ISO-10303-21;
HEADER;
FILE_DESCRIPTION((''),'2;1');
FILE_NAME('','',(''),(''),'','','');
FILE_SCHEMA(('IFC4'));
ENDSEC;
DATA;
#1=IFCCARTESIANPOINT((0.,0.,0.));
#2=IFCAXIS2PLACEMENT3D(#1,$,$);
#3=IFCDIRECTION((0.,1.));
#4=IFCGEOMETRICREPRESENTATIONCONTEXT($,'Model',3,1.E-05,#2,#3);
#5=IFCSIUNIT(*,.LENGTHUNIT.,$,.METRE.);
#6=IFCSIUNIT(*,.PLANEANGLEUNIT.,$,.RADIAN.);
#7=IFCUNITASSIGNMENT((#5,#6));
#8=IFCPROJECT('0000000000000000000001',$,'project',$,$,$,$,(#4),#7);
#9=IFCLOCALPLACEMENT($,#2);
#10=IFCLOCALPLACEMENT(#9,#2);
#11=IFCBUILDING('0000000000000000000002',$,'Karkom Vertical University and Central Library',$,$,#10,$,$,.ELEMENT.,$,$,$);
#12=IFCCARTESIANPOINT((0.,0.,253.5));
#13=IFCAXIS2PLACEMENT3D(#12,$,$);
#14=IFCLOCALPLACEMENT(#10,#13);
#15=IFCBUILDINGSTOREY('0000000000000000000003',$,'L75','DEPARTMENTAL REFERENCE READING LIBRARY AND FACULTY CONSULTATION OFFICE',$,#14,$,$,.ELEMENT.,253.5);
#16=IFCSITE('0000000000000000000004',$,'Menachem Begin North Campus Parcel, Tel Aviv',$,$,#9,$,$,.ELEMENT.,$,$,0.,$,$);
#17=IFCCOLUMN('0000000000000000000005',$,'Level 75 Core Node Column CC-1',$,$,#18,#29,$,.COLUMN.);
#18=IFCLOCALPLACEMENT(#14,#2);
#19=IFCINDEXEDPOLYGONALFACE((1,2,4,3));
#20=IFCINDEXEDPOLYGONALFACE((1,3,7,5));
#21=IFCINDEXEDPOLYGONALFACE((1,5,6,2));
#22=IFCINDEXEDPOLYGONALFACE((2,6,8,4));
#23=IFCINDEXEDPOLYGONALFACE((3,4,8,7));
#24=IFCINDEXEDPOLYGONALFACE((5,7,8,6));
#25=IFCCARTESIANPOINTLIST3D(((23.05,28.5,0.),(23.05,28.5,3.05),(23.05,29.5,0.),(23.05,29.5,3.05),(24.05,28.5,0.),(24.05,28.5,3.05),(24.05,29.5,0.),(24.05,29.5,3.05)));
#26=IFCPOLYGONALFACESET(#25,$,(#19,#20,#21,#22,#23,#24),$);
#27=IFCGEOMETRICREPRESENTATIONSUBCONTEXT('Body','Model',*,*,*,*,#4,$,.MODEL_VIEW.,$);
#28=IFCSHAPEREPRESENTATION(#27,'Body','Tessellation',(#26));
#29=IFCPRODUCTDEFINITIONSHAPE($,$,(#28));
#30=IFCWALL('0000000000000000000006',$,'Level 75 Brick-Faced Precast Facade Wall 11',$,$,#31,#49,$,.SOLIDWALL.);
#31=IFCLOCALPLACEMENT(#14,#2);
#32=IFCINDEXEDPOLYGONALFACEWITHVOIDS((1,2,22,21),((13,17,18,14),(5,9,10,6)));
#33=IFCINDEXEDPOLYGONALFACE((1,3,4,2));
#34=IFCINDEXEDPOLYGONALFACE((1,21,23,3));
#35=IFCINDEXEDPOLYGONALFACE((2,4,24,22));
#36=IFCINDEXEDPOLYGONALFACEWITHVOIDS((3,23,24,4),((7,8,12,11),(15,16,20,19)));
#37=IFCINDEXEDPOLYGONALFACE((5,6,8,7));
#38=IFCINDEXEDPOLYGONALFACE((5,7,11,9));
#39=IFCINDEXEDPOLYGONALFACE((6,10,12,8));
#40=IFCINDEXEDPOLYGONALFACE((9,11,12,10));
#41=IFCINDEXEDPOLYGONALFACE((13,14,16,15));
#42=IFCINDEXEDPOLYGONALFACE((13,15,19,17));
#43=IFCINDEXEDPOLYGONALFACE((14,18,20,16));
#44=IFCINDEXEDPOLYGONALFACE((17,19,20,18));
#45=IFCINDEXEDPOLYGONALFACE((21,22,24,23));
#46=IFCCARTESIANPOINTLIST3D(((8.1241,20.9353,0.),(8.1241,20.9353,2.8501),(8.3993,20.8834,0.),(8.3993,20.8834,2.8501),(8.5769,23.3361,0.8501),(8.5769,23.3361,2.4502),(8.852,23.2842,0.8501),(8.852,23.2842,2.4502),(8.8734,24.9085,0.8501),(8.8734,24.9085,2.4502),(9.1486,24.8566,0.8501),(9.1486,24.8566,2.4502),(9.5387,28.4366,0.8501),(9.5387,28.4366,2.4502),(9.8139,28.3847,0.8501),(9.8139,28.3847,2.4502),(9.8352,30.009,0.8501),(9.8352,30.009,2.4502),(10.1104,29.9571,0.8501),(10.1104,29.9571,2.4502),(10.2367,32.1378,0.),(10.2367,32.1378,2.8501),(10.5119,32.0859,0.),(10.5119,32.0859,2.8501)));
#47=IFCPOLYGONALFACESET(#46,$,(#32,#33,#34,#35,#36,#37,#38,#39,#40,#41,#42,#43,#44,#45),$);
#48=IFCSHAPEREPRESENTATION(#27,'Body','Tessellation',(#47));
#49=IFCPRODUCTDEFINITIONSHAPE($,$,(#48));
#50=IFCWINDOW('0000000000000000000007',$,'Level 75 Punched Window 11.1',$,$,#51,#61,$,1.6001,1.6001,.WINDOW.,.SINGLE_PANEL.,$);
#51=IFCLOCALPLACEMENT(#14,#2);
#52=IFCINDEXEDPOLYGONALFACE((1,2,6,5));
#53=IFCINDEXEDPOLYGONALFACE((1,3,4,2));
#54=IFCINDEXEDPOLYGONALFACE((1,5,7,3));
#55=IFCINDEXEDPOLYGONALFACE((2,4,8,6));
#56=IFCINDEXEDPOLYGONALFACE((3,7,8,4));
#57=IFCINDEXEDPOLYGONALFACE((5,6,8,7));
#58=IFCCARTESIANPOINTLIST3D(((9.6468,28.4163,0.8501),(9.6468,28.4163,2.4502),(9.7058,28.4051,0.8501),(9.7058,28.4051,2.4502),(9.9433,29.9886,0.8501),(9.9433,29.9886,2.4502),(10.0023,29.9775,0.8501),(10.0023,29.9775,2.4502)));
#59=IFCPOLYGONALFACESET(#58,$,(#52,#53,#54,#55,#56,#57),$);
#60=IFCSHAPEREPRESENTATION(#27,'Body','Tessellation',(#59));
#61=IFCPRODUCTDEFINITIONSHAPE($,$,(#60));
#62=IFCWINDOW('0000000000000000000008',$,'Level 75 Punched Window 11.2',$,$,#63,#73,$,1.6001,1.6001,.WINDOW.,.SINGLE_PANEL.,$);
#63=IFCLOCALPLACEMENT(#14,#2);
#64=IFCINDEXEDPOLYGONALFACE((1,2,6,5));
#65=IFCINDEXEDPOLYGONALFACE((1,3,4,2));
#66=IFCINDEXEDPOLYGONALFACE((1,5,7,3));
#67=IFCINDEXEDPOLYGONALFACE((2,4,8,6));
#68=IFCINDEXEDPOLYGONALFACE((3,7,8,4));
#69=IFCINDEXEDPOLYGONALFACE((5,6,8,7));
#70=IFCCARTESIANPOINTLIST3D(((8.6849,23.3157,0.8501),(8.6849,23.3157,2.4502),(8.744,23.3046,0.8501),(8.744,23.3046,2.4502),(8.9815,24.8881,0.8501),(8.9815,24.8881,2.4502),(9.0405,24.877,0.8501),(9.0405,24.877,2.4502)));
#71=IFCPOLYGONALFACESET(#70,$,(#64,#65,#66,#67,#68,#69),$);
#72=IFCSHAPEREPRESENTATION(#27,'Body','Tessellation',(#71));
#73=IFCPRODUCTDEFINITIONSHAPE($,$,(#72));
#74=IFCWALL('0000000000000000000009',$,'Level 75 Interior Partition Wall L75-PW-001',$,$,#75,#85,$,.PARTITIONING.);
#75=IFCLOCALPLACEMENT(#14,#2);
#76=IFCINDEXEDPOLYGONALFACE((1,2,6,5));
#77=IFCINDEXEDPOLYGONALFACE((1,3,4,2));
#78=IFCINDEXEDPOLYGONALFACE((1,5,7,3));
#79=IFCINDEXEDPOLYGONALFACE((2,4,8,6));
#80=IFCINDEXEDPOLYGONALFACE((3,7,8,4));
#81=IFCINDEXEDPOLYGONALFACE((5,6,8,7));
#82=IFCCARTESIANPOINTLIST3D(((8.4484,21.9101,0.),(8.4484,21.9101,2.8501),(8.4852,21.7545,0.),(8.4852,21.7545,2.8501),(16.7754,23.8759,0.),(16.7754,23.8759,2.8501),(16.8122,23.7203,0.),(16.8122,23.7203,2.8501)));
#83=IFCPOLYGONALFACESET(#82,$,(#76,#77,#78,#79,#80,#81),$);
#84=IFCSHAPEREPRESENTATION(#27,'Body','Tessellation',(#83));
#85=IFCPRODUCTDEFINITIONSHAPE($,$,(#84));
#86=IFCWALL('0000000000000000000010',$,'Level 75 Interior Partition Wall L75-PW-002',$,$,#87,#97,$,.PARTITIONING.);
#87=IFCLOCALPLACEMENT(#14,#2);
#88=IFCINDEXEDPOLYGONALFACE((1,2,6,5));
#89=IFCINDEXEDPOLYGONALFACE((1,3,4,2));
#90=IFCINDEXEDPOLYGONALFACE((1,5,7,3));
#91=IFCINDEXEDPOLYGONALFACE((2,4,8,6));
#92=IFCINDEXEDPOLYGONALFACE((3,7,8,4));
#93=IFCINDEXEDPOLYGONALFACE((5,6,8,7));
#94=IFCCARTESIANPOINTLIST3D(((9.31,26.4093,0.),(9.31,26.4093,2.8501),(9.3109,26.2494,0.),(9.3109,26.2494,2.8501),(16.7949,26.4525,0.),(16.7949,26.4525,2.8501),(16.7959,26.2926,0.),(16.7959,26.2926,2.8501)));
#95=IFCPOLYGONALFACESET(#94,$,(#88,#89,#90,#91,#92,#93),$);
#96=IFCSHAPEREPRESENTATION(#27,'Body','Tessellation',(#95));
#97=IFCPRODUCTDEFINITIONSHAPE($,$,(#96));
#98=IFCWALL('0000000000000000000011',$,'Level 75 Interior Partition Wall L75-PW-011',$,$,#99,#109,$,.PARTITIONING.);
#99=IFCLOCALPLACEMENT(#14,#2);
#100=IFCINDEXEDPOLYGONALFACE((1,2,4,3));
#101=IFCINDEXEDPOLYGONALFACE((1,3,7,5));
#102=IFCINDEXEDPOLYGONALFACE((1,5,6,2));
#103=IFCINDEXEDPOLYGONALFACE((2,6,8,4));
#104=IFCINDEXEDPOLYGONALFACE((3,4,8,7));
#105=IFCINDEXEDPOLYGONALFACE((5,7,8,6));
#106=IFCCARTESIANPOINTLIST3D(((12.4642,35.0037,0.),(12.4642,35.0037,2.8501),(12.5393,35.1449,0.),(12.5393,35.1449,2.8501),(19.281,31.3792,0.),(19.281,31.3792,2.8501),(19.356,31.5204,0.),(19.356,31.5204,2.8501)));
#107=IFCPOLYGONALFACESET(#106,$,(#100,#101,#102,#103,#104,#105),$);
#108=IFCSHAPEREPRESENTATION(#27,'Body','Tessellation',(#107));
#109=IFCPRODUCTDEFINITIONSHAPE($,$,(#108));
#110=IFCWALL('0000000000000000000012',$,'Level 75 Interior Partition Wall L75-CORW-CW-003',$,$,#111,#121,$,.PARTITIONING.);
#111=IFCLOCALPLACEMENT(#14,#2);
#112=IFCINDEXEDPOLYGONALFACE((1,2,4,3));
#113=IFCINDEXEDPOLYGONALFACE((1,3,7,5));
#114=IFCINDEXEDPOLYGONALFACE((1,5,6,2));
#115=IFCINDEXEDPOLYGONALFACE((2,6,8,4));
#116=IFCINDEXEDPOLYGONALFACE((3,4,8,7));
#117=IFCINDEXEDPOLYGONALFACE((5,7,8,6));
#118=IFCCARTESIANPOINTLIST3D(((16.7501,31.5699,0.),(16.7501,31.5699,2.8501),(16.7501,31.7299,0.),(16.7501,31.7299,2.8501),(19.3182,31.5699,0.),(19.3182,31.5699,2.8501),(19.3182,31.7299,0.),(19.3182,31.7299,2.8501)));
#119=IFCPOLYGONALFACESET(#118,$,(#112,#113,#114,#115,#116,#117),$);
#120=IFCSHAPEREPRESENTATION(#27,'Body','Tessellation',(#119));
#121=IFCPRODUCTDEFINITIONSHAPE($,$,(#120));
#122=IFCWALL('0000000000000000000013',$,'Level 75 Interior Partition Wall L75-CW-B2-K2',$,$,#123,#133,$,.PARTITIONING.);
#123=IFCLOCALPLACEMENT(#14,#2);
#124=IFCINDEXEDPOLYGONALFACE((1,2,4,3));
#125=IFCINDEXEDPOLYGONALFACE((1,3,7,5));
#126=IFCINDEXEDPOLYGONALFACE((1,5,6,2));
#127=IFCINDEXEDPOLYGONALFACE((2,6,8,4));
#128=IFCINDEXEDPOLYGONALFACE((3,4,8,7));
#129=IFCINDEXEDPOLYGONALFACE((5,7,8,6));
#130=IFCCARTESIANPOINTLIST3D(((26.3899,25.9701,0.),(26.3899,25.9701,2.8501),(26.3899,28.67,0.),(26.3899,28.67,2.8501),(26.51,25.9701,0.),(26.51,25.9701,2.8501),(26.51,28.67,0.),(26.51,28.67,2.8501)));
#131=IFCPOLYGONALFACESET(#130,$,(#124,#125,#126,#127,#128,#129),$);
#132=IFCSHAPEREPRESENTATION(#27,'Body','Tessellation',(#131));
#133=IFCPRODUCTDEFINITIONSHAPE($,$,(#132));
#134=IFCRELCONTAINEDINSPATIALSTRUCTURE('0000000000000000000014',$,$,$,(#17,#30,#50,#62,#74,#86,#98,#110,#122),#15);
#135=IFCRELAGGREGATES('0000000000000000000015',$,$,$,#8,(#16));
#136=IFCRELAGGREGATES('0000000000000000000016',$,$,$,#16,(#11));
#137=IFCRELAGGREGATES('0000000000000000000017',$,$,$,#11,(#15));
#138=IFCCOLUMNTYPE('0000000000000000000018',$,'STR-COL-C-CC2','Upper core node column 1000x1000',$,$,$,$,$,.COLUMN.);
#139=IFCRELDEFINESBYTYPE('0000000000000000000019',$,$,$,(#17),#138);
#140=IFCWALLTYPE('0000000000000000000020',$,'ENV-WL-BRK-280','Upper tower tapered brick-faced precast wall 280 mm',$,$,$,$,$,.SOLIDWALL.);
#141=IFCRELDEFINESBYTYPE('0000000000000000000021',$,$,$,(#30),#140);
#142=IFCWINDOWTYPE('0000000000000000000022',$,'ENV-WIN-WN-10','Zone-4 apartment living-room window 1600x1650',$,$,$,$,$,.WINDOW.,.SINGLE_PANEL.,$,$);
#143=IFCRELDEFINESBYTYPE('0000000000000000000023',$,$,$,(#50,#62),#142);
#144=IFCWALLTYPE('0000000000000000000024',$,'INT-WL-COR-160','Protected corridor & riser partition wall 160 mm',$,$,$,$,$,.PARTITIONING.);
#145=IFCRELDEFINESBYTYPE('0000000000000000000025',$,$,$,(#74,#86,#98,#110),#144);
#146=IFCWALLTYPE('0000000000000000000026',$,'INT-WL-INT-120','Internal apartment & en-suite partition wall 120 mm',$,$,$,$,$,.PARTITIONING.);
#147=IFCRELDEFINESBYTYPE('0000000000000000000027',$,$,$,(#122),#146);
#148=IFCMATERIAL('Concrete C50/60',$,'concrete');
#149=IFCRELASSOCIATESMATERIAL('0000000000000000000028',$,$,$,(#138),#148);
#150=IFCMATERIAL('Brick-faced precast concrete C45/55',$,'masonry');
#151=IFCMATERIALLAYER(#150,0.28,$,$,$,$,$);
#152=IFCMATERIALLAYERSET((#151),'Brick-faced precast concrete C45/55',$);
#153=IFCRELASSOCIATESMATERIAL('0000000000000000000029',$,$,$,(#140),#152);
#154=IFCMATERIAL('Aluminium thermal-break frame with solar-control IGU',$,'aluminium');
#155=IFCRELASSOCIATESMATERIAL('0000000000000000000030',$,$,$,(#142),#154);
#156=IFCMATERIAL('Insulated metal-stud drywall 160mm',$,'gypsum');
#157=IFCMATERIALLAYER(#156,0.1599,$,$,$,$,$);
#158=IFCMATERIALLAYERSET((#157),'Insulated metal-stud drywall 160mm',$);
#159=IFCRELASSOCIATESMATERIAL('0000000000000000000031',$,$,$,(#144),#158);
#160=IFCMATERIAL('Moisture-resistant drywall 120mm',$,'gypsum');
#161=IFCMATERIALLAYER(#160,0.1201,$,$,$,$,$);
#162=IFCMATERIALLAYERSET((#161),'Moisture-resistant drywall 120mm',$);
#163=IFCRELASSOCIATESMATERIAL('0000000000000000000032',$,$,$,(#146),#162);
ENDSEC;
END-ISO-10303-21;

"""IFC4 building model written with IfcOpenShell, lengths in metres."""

from ifc_helpers import new_model, si_unit, direction, frame, frame_2d, origin, origin_with_axes, origin_2d, place, context, subcontext, project, spatial, rectangle, extrude, source, transform, mapped, material, layer, layer_set, material_profile, profile_set, type_object, element, fill, save


model = new_model("IFC4")

# Units and contexts
model_context = context("Model", 3, precision=1e-05, world=origin(), true_north=direction((0.0, 1.0)))
body_context = subcontext(model_context, "Body", "Model", "MODEL_VIEW")
ifc_project = project(units=[si_unit("LENGTHUNIT", "METRE"), si_unit("PLANEANGLEUNIT", "RADIAN")], contexts=[model_context])

# Site, building, storey
site_placement = place(None, origin())
site = spatial("IfcSite", under=ifc_project, at=site_placement, Name="Menachem Begin North Campus Parcel, Tel Aviv", CompositionType="ELEMENT", RefElevation=0.0)
building_placement = place(site_placement, origin())
building = spatial("IfcBuilding", under=site, at=building_placement, Name="Karkom Vertical University and Central Library", CompositionType="ELEMENT")
storey_placement = place(building_placement, frame((0.0, 0.0, 253.5)))
storey = spatial("IfcBuildingStorey", under=building, at=storey_placement, Name="L75", Description="DEPARTMENTAL REFERENCE READING LIBRARY AND FACULTY CONSULTATION OFFICE", CompositionType="ELEMENT", Elevation=253.5)

# Column
ifc_material_1 = material(Name="Concrete C50/60", Category="concrete")
ifc_material_profile = material_profile(ifc_material_1, rectangle(XDim=1.0, YDim=1.0, at=origin_2d()), Name="RC-1000x1000")
ifc_profile_set = profile_set([ifc_material_profile], Name="Concrete C50/60")
column_type = type_object("IfcColumnType", Name="STR-COL-C-CC2", Description="Upper core node column 1000x1000", PredefinedType="COLUMN", material=ifc_profile_set)
shared_shape_1 = source(origin_with_axes(), body_context, "Body", "SweptSolid", [
    extrude(rectangle(XDim=1.0, YDim=1.0, at=origin_2d()), origin(), (0.0, 0.0, 1.0), 3.05),
])
column_placement = place(storey_placement, frame((23.55, 29.0, 0.0), z_axis=(0.0, 0.0, 1.0), x_axis=(1.0, 0.0, 0.0)))
element("IfcColumn", 1, at=column_placement, inside=storey, type_object=column_type, Name="Level 75 Core Node Column CC-1", PredefinedType="COLUMN", context=body_context, shape_type="MappedRepresentation", body=[
    mapped(shared_shape_1, transform((0.0, 0.0, 0.0), scale=1.0)),
])

# Wall, openings, windows
ifc_material_2 = material(Name="Brick-faced precast concrete C45/55", Category="masonry")
ifc_layer_1 = layer(ifc_material_2, 0.28)
ifc_layer_set_1 = layer_set([ifc_layer_1], Name="Brick-faced precast concrete C45/55")
wall_type_1 = type_object("IfcWallType", Name="ENV-WL-BRK-280", Description="Upper tower tapered brick-faced precast wall 280 mm", PredefinedType="SOLIDWALL", material=ifc_layer_set_1)
wall_1_placement = place(storey_placement, frame((10.3743, 32.1118, 0.0), z_axis=(0.0, 0.0, 1.0), x_axis=(-0.185314, -0.982679, 0.0)))
wall_1 = element("IfcWall", 2, at=wall_1_placement, inside=storey, type_object=wall_type_1, Name="Level 75 Brick-Faced Precast Facade Wall 11", PredefinedType="SOLIDWALL", context=body_context, shape_type="SweptSolid", body=[
    extrude(rectangle(XDim=11.3999, YDim=0.28, at=frame_2d((5.7, 0.0))), origin(), (0.0, 0.0, 1.0), 2.8501),
])
opening_1_placement = place(wall_1_placement, frame((2.1663, 0.0, 0.8501)))
opening_1 = element("IfcOpeningElement", 3, at=opening_1_placement, cuts=wall_1, PredefinedType="OPENING", context=body_context, shape_type="SweptSolid", body=[
    extrude(rectangle(XDim=1.6001, YDim=1.6001, at=frame_2d((0.8, 0.8))), frame((0.0, 0.1499, 0.0), z_axis=(0.0, -1.0, 0.0), x_axis=(1.0, 0.0, 0.0)), (0.0, 0.0, 1.0), 0.3),
])
opening_2_placement = place(wall_1_placement, frame((7.3567, 0.0, 0.8501)))
opening_2 = element("IfcOpeningElement", 4, at=opening_2_placement, cuts=wall_1, PredefinedType="OPENING", context=body_context, shape_type="SweptSolid", body=[
    extrude(rectangle(XDim=1.6001, YDim=1.6001, at=frame_2d((0.8, 0.8))), frame((0.0, 0.1499, 0.0), z_axis=(0.0, -1.0, 0.0), x_axis=(1.0, 0.0, 0.0)), (0.0, 0.0, 1.0), 0.3),
])
ifc_material_3 = material(Name="Aluminium thermal-break frame with solar-control IGU", Category="aluminium")
window_type = type_object("IfcWindowType", Name="ENV-WIN-WN-10", Description="Zone-4 apartment living-room window 1600x1650", PartitioningType="SINGLE_PANEL", PredefinedType="WINDOW", material=ifc_material_3)
shared_shape_2 = source(origin_with_axes(), body_context, "Body", "SweptSolid", [
    extrude(rectangle(XDim=1.6001, YDim=1.6001, at=frame_2d((0.8, 0.8))), frame((0.0, 0.03, 0.0), z_axis=(0.0, -1.0, 0.0), x_axis=(1.0, 0.0, 0.0)), (0.0, 0.0, 1.0), 0.0601),
])
window_1_placement = place(opening_1_placement, origin())
window_1 = element("IfcWindow", 5, at=window_1_placement, inside=storey, type_object=window_type, Name="Level 75 Punched Window 11.1", OverallHeight=1.6001, OverallWidth=1.6001, PartitioningType="SINGLE_PANEL", PredefinedType="WINDOW", context=body_context, shape_type="MappedRepresentation", body=[
    mapped(shared_shape_2, transform((0.0, 0.0, 0.0), scale=1.0)),
])
fill(opening_1, window_1)
window_2_placement = place(opening_2_placement, origin())
window_2 = element("IfcWindow", 6, at=window_2_placement, inside=storey, type_object=window_type, Name="Level 75 Punched Window 11.2", OverallHeight=1.6001, OverallWidth=1.6001, PartitioningType="SINGLE_PANEL", PredefinedType="WINDOW", context=body_context, shape_type="MappedRepresentation", body=[
    mapped(shared_shape_2, transform((0.0, 0.0, 0.0), scale=1.0)),
])
fill(opening_2, window_2)

# Walls
ifc_material_4 = material(Name="Insulated metal-stud drywall 160mm", Category="gypsum")
ifc_layer_2 = layer(ifc_material_4, 0.1599)
ifc_layer_set_2 = layer_set([ifc_layer_2], Name="Insulated metal-stud drywall 160mm")
wall_type_2 = type_object("IfcWallType", Name="INT-WL-COR-160", Description="Protected corridor & riser partition wall 160 mm", PredefinedType="PARTITIONING", material=ifc_layer_set_2)
wall_2_placement = place(storey_placement, frame((16.7937, 23.7981, 0.0), z_axis=(0.0, 0.0, 1.0), x_axis=(-0.973246, -0.229765, 0.0)))
element("IfcWall", 7, at=wall_2_placement, inside=storey, type_object=wall_type_2, Name="Level 75 Interior Partition Wall L75-PW-001", PredefinedType="PARTITIONING", context=body_context, shape_type="SweptSolid", body=[
    extrude(rectangle(XDim=8.5559, YDim=0.1599, at=frame_2d((4.2778, 0.0))), origin(), (0.0, 0.0, 1.0), 2.8501),
])
wall_3_placement = place(storey_placement, frame((9.3103, 26.3293, 0.0), z_axis=(0.0, 0.0, 1.0), x_axis=(0.999983, 0.005773, 0.0)))
element("IfcWall", 8, at=wall_3_placement, inside=storey, type_object=wall_type_2, Name="Level 75 Interior Partition Wall L75-PW-002", PredefinedType="PARTITIONING", context=body_context, shape_type="SweptSolid", body=[
    extrude(rectangle(XDim=7.4851, YDim=0.1599, at=frame_2d((3.7427, 0.0))), origin(), (0.0, 0.0, 1.0), 2.8501),
])
wall_4_placement = place(storey_placement, frame((19.3186, 31.4497, 0.0), z_axis=(0.0, 0.0, 1.0), x_axis=(-0.882946, 0.469475, 0.0)))
element("IfcWall", 9, at=wall_4_placement, inside=storey, type_object=wall_type_2, Name="Level 75 Interior Partition Wall L75-PW-011", PredefinedType="PARTITIONING", context=body_context, shape_type="SweptSolid", body=[
    extrude(rectangle(XDim=7.7205, YDim=0.1599, at=frame_2d((3.8604, 0.0))), origin(), (0.0, 0.0, 1.0), 2.8501),
])
wall_5_placement = place(storey_placement, frame((16.75, 31.6499, 0.0), z_axis=(0.0, 0.0, 1.0), x_axis=(1.0, 0.0, 0.0)))
element("IfcWall", 10, at=wall_5_placement, inside=storey, type_object=wall_type_2, Name="Level 75 Interior Partition Wall L75-CORW-CW-003", PredefinedType="PARTITIONING", context=body_context, shape_type="SweptSolid", body=[
    extrude(rectangle(XDim=2.5681, YDim=0.1599, at=frame_2d((1.2842, 0.0))), origin(), (0.0, 0.0, 1.0), 2.8501),
])
ifc_material_5 = material(Name="Moisture-resistant drywall 120mm", Category="gypsum")
ifc_layer_3 = layer(ifc_material_5, 0.1201)
ifc_layer_set_3 = layer_set([ifc_layer_3], Name="Moisture-resistant drywall 120mm")
wall_type_3 = type_object("IfcWallType", Name="INT-WL-INT-120", Description="Internal apartment & en-suite partition wall 120 mm", PredefinedType="PARTITIONING", material=ifc_layer_set_3)
wall_6_placement = place(storey_placement, frame((26.45, 25.97, 0.0), z_axis=(0.0, 0.0, 1.0), x_axis=(0.0, 1.0, 0.0)))
element("IfcWall", 11, at=wall_6_placement, inside=storey, type_object=wall_type_3, Name="Level 75 Interior Partition Wall L75-CW-B2-K2", PredefinedType="PARTITIONING", context=body_context, shape_type="SweptSolid", body=[
    extrude(rectangle(XDim=2.7, YDim=0.1201, at=frame_2d((1.3501, 0.0))), origin(), (0.0, 0.0, 1.0), 2.8501),
])

save(model, "model.ifc")
